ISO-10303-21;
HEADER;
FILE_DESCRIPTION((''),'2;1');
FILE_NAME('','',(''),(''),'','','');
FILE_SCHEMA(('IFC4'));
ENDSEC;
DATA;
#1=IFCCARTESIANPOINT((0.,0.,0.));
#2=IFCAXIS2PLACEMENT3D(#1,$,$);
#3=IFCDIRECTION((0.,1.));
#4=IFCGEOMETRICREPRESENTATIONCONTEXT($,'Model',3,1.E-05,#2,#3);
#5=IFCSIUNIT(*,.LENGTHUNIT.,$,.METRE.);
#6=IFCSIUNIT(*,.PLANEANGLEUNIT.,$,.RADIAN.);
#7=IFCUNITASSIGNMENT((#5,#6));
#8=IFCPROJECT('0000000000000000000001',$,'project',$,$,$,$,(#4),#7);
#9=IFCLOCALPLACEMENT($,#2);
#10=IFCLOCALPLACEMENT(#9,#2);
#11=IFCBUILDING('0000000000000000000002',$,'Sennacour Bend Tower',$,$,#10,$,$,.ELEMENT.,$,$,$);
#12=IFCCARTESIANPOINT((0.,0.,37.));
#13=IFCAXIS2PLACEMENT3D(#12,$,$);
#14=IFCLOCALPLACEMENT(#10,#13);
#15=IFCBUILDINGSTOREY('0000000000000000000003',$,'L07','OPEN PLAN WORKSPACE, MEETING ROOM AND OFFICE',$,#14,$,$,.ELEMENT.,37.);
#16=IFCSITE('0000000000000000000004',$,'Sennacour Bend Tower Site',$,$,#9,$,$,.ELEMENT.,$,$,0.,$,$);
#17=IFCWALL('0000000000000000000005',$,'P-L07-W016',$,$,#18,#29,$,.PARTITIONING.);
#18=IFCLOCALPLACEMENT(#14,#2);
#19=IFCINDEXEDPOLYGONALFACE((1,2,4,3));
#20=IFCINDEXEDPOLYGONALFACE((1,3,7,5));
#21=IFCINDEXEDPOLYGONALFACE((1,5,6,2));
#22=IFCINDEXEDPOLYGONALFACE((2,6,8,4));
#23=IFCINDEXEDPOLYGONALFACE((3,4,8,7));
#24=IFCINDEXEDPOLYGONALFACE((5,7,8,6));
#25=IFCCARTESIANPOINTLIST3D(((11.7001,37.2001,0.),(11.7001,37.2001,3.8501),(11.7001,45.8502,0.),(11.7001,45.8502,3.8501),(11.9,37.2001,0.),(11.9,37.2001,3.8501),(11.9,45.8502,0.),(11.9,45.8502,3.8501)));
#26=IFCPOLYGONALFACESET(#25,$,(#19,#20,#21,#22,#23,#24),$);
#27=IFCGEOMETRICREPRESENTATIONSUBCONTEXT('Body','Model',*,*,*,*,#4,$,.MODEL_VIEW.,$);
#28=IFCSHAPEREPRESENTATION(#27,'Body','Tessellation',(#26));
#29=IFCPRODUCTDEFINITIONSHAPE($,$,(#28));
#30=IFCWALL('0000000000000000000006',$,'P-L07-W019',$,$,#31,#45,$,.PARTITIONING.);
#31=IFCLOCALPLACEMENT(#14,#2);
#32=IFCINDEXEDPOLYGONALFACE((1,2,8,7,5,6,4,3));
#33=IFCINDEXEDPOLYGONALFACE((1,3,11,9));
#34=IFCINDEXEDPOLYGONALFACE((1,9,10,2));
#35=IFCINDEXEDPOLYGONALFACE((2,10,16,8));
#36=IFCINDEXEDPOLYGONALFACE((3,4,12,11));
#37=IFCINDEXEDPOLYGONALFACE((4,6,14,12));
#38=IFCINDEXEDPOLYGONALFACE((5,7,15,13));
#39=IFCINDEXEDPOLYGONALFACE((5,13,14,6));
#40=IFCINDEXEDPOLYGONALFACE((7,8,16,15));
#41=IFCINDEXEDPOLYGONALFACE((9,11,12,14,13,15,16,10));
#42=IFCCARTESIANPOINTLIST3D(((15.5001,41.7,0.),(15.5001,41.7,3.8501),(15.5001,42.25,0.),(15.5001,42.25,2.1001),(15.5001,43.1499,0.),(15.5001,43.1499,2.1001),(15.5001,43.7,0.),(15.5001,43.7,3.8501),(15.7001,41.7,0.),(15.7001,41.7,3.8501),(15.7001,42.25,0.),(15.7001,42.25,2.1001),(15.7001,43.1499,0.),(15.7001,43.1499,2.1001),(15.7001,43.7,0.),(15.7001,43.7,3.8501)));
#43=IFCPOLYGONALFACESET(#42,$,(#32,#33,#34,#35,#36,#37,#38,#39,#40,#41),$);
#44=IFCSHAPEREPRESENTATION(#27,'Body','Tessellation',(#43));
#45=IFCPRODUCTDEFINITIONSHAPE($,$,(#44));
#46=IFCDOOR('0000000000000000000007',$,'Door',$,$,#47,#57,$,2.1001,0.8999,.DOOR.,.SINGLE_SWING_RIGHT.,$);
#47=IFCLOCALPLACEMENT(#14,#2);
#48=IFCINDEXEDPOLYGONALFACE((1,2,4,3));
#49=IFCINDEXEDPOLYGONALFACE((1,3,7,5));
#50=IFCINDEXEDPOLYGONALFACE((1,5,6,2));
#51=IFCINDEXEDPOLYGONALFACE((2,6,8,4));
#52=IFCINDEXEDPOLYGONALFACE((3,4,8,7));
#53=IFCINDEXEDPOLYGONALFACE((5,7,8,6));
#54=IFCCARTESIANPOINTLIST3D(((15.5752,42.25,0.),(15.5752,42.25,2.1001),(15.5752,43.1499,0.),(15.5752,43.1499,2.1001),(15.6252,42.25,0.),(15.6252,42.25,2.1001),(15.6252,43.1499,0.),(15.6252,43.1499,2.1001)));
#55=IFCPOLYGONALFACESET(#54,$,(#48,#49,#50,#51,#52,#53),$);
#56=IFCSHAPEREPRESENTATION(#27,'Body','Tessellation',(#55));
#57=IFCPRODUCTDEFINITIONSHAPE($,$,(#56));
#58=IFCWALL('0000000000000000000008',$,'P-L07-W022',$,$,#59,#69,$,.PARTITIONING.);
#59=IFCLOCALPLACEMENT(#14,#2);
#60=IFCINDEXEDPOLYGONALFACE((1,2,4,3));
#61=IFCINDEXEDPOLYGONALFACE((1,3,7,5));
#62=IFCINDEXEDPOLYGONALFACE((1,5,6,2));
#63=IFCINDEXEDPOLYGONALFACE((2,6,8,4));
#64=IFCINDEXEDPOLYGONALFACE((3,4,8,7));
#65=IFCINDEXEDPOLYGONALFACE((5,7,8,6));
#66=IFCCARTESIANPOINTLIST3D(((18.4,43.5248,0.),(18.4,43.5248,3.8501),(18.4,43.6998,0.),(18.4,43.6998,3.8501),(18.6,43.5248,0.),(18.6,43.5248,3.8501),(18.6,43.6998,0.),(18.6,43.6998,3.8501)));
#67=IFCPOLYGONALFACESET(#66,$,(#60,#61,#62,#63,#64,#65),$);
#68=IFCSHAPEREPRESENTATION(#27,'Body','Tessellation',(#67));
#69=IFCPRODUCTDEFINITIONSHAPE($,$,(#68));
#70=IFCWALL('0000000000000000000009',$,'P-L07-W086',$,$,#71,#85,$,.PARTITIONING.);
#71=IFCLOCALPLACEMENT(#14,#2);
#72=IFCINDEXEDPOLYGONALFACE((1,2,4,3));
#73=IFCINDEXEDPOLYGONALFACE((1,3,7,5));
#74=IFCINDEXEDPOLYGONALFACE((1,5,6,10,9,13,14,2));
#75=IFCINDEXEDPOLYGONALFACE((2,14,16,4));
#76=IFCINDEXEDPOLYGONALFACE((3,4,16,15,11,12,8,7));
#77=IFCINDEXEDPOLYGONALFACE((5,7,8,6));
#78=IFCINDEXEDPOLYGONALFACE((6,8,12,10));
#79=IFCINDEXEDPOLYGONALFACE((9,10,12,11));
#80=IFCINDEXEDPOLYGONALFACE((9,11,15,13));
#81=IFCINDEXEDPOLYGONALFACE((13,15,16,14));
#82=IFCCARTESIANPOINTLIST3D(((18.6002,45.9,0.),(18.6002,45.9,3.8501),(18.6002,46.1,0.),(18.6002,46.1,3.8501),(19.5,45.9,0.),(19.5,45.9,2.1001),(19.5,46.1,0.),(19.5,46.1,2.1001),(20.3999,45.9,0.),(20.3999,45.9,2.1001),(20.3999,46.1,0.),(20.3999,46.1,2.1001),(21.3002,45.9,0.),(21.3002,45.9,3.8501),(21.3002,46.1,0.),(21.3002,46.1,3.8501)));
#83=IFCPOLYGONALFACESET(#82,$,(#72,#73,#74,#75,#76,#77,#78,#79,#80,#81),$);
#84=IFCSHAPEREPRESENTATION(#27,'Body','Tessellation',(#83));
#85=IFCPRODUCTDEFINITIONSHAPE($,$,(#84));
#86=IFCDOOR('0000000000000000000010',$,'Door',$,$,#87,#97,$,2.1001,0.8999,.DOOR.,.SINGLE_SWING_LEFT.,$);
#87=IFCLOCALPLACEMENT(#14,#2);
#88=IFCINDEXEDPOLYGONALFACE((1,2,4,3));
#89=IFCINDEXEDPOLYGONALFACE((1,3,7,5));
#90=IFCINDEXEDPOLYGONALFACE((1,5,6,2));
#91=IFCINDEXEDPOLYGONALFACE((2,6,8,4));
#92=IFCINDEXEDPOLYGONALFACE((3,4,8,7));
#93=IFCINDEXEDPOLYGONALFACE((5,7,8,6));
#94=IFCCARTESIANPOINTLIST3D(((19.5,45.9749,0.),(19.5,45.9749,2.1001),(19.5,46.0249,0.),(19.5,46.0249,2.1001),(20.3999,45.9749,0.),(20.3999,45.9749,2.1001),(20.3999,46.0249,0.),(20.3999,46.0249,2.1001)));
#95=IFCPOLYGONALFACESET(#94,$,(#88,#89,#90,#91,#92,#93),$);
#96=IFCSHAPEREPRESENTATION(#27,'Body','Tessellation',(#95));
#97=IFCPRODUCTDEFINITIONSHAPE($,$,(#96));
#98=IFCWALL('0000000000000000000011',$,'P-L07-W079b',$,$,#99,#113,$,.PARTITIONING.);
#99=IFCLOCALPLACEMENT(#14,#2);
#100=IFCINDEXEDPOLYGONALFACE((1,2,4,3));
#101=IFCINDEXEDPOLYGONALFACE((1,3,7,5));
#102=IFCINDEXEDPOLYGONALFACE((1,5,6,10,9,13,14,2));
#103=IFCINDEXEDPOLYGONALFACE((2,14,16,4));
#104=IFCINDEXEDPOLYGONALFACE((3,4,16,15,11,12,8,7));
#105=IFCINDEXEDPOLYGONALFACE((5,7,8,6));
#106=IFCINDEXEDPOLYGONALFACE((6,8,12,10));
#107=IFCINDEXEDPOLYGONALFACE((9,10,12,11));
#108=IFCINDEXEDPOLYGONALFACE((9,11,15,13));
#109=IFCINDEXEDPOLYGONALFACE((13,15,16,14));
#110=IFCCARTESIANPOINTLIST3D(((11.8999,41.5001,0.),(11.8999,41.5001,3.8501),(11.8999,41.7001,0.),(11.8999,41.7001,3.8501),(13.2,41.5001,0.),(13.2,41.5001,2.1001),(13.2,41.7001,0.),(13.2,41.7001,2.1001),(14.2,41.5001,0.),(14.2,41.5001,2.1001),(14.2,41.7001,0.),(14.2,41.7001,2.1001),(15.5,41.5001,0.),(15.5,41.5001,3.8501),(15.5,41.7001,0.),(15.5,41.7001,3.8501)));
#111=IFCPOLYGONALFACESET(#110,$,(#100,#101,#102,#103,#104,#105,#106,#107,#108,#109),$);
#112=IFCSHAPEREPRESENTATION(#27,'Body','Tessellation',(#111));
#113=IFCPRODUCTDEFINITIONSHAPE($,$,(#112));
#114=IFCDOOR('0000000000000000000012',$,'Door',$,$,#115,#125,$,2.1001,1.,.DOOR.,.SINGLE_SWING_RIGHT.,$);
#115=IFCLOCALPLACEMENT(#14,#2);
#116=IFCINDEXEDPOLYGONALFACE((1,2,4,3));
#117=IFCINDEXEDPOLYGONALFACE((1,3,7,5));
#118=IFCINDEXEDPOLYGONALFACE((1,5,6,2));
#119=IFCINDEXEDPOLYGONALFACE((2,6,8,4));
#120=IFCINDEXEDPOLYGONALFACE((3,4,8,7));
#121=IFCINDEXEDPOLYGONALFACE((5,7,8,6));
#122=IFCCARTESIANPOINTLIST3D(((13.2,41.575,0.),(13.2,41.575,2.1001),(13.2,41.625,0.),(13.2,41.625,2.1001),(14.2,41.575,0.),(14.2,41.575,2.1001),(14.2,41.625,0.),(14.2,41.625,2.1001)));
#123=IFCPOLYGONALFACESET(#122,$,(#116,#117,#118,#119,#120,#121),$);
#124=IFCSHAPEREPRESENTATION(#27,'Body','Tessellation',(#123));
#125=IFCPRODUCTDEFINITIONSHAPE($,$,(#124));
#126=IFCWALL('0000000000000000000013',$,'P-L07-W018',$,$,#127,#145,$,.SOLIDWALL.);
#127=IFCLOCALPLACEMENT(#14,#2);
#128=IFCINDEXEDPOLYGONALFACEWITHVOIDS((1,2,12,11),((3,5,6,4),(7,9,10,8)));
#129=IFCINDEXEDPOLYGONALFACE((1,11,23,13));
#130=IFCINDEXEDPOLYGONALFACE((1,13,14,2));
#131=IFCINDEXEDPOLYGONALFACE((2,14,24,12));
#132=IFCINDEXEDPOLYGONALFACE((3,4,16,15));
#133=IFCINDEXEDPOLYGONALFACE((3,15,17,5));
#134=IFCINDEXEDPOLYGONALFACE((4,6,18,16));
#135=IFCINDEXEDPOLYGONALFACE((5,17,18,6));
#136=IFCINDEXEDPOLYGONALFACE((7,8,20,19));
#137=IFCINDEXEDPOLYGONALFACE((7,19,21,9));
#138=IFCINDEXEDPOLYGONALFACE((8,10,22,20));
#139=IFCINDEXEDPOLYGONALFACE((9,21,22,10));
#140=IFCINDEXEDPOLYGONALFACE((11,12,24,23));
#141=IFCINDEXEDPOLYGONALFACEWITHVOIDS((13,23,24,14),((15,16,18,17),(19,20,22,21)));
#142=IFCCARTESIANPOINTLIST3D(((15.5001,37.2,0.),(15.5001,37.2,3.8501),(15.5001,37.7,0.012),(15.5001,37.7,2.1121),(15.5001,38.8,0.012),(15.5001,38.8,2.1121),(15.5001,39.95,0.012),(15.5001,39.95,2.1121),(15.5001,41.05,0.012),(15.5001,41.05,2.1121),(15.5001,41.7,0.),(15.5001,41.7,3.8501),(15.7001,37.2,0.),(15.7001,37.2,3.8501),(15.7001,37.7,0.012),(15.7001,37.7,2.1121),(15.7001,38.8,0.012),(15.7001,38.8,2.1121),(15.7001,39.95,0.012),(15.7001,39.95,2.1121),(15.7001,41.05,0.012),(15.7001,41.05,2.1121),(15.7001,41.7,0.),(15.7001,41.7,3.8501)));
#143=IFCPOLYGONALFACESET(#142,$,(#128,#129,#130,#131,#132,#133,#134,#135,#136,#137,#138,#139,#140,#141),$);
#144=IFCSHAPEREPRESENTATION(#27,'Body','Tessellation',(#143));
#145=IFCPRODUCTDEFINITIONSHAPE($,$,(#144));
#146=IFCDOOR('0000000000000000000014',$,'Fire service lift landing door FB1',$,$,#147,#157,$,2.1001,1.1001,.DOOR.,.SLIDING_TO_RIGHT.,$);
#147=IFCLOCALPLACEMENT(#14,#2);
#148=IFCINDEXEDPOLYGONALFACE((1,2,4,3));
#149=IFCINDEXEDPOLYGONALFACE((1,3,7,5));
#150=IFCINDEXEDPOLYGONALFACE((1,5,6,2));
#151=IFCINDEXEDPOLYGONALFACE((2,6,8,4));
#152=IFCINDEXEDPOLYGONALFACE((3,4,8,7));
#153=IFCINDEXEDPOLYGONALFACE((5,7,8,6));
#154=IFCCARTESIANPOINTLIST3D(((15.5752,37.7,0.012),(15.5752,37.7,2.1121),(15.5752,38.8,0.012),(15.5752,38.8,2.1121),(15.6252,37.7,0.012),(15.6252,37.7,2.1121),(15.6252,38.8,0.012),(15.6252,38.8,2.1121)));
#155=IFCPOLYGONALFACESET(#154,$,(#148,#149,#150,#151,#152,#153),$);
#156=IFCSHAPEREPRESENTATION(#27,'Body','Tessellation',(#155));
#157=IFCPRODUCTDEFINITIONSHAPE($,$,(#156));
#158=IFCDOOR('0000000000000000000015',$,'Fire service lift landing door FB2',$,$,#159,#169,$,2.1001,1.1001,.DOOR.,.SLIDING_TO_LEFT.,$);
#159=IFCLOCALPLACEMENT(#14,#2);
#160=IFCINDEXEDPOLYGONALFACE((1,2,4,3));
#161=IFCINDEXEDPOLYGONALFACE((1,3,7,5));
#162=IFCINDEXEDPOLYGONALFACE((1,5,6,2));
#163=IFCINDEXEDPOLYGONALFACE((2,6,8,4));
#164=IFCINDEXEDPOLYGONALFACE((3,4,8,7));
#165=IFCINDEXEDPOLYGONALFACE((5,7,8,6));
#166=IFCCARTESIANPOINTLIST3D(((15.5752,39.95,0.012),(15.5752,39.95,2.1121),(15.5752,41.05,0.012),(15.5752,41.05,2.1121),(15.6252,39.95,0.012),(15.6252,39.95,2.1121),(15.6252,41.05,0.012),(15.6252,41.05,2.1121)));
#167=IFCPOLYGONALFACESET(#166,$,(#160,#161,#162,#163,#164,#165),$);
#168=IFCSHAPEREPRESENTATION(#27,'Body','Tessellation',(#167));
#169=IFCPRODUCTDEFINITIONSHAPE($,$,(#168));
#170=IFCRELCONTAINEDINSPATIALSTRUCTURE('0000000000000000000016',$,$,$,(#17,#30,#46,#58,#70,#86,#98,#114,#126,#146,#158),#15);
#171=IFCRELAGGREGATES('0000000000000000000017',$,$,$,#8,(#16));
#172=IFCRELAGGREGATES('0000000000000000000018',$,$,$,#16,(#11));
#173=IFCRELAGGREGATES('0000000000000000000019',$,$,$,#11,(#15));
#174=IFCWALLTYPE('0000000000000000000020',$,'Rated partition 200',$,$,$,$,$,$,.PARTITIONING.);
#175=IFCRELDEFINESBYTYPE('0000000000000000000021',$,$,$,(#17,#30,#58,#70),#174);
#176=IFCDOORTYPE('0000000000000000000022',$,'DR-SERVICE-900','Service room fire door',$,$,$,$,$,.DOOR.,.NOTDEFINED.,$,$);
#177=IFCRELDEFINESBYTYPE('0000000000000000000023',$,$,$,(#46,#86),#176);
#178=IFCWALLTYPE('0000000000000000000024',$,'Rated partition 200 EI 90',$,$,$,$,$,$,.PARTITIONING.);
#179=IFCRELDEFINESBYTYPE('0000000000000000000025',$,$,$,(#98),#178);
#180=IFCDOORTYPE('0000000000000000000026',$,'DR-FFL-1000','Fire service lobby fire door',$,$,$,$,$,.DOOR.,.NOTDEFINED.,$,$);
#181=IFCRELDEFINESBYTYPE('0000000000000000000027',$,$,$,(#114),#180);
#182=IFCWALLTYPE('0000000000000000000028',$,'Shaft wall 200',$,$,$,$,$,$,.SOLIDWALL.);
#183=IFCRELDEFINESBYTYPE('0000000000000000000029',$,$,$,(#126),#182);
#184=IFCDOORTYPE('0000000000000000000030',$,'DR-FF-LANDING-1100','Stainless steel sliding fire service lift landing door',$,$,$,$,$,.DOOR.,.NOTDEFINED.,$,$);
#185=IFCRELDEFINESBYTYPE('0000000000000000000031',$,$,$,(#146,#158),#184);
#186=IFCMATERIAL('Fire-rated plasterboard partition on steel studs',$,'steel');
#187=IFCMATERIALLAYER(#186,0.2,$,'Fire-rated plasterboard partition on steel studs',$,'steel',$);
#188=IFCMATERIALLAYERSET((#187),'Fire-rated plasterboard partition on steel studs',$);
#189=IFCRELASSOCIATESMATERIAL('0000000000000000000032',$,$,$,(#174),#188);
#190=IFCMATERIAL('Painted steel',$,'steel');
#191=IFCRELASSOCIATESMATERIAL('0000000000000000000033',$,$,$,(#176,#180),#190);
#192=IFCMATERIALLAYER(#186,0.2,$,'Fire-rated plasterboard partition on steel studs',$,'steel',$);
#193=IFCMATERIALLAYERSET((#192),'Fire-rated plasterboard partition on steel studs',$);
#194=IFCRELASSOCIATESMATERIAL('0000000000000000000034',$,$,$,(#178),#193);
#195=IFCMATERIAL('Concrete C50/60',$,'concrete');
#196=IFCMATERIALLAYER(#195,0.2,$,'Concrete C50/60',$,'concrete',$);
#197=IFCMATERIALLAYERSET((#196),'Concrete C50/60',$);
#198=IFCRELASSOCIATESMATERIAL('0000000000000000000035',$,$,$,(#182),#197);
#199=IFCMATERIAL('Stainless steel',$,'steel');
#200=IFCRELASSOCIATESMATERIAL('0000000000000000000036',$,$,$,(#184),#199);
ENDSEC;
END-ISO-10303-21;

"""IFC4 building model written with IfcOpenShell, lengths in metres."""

from ifc_helpers import new_model, si_unit, direction, frame, frame_2d, origin, place, context, subcontext, project, spatial, rectangle, extrude, material, layer, layer_set, type_object, element, fill, save


model = new_model("IFC4")

# Units and contexts
model_context = context("Model", 3, precision=1e-05, world=origin(), true_north=direction((0.0, 1.0)))
body_context = subcontext(model_context, "Body", "Model", "MODEL_VIEW")
ifc_project = project(units=[si_unit("LENGTHUNIT", "METRE"), si_unit("PLANEANGLEUNIT", "RADIAN")], contexts=[model_context])

# Site, building, storey
site_placement = place(None, origin())
site = spatial("IfcSite", under=ifc_project, at=site_placement, Name="Sennacour Bend Tower Site", CompositionType="ELEMENT", RefElevation=0.0)
building_placement = place(site_placement, origin())
building = spatial("IfcBuilding", under=site, at=building_placement, Name="Sennacour Bend Tower", CompositionType="ELEMENT")
storey_placement = place(building_placement, frame((0.0, 0.0, 37.0)))
storey = spatial("IfcBuildingStorey", under=building, at=storey_placement, Name="L07", Description="OPEN PLAN WORKSPACE, MEETING ROOM AND OFFICE", CompositionType="ELEMENT", Elevation=37.0)

# Wall
ifc_material_1 = material(Name="Fire-rated plasterboard partition on steel studs", Category="steel")
ifc_layer_1 = layer(ifc_material_1, 0.2, Name="Fire-rated plasterboard partition on steel studs", Category="steel")
ifc_layer_set_1 = layer_set([ifc_layer_1], Name="Fire-rated plasterboard partition on steel studs")
wall_type_1 = type_object("IfcWallType", Name="Rated partition 200", PredefinedType="PARTITIONING", material=ifc_layer_set_1)
wall_1_placement = place(storey_placement, frame((11.8, 37.2, 0.0), z_axis=(0.0, 0.0, 1.0), x_axis=(0.0, 1.0, 0.0)))
element("IfcWall", 1, at=wall_1_placement, inside=storey, type_object=wall_type_1, Name="P-L07-W016", PredefinedType="PARTITIONING", context=body_context, shape_type="SweptSolid", body=[
    extrude(rectangle(XDim=8.6501, YDim=0.2, at=frame_2d((4.3252, 0.0))), origin(), (0.0, 0.0, 1.0), 3.8501),
])

# Wall, opening, door
wall_2_placement = place(storey_placement, frame((15.6001, 41.7, 0.0), z_axis=(0.0, 0.0, 1.0), x_axis=(0.0, 1.0, 0.0)))
wall_2 = element("IfcWall", 2, at=wall_2_placement, inside=storey, type_object=wall_type_1, Name="P-L07-W019", PredefinedType="PARTITIONING", context=body_context, shape_type="SweptSolid", body=[
    extrude(rectangle(XDim=2.0, YDim=0.2, at=frame_2d((1.0, 0.0))), origin(), (0.0, 0.0, 1.0), 3.8501),
])
opening_1_placement = place(wall_2_placement, frame((0.55, 0.0, 0.0)))
opening_1 = element("IfcOpeningElement", 3, at=opening_1_placement, cuts=wall_2, PredefinedType="OPENING", context=body_context, shape_type="SweptSolid", body=[
    extrude(rectangle(XDim=0.8999, YDim=2.1001, at=frame_2d((0.45, 1.05))), frame((0.0, 0.1099, 0.0), z_axis=(0.0, -1.0, 0.0), x_axis=(1.0, 0.0, 0.0)), (0.0, 0.0, 1.0), 0.22),
])
ifc_material_2 = material(Name="Painted steel", Category="steel")
door_type_1 = type_object("IfcDoorType", Name="DR-SERVICE-900", Description="Service room fire door", OperationType="NOTDEFINED", PredefinedType="DOOR", material=ifc_material_2)
door_1_placement = place(opening_1_placement, origin())
door_1 = element("IfcDoor", 4, at=door_1_placement, inside=storey, type_object=door_type_1, Name="Door", OperationType="SINGLE_SWING_RIGHT", OverallHeight=2.1001, OverallWidth=0.8999, PredefinedType="DOOR", context=body_context, shape_type="SweptSolid", body=[
    extrude(rectangle(XDim=0.8999, YDim=2.1001, at=frame_2d((0.45, 1.05))), frame((0.0, 0.0249, 0.0), z_axis=(0.0, -1.0, 0.0), x_axis=(1.0, 0.0, 0.0)), (0.0, 0.0, 1.0), 0.05),
])
fill(opening_1, door_1)

# Wall
wall_3_placement = place(storey_placement, frame((18.5, 43.5249, 0.0), z_axis=(0.0, 0.0, 1.0), x_axis=(0.0, 1.0, 0.0)))
element("IfcWall", 5, at=wall_3_placement, inside=storey, type_object=wall_type_1, Name="P-L07-W022", PredefinedType="PARTITIONING", context=body_context, shape_type="SweptSolid", body=[
    extrude(rectangle(XDim=0.175, YDim=0.2, at=frame_2d((0.0874, 0.0))), origin(), (0.0, 0.0, 1.0), 3.8501),
])

# Walls, openings, doors
wall_4_placement = place(storey_placement, frame((18.6001, 46.0, 0.0), z_axis=(0.0, 0.0, 1.0), x_axis=(1.0, 0.0, 0.0)))
wall_4 = element("IfcWall", 6, at=wall_4_placement, inside=storey, type_object=wall_type_1, Name="P-L07-W086", PredefinedType="PARTITIONING", context=body_context, shape_type="SweptSolid", body=[
    extrude(rectangle(XDim=2.7, YDim=0.2, at=frame_2d((1.3501, 0.0))), origin(), (0.0, 0.0, 1.0), 3.8501),
])
opening_2_placement = place(wall_4_placement, frame((0.8999, 0.0, 0.0)))
opening_2 = element("IfcOpeningElement", 7, at=opening_2_placement, cuts=wall_4, PredefinedType="OPENING", context=body_context, shape_type="SweptSolid", body=[
    extrude(rectangle(XDim=0.8999, YDim=2.1001, at=frame_2d((0.45, 1.05))), frame((0.0, 0.1099, 0.0), z_axis=(0.0, -1.0, 0.0), x_axis=(1.0, 0.0, 0.0)), (0.0, 0.0, 1.0), 0.22),
])
door_2_placement = place(opening_2_placement, origin())
door_2 = element("IfcDoor", 8, at=door_2_placement, inside=storey, type_object=door_type_1, Name="Door", OperationType="SINGLE_SWING_LEFT", OverallHeight=2.1001, OverallWidth=0.8999, PredefinedType="DOOR", context=body_context, shape_type="SweptSolid", body=[
    extrude(rectangle(XDim=0.8999, YDim=2.1001, at=frame_2d((0.45, 1.05))), frame((0.0, 0.0249, 0.0), z_axis=(0.0, -1.0, 0.0), x_axis=(1.0, 0.0, 0.0)), (0.0, 0.0, 1.0), 0.05),
])
fill(opening_2, door_2)
ifc_layer_2 = layer(ifc_material_1, 0.2, Name="Fire-rated plasterboard partition on steel studs", Category="steel")
ifc_layer_set_2 = layer_set([ifc_layer_2], Name="Fire-rated plasterboard partition on steel studs")
wall_type_2 = type_object("IfcWallType", Name="Rated partition 200 EI 90", PredefinedType="PARTITIONING", material=ifc_layer_set_2)
wall_5_placement = place(storey_placement, frame((11.8999, 41.6001, 0.0), z_axis=(0.0, 0.0, 1.0), x_axis=(1.0, 0.0, 0.0)))
wall_5 = element("IfcWall", 9, at=wall_5_placement, inside=storey, type_object=wall_type_2, Name="P-L07-W079b", PredefinedType="PARTITIONING", context=body_context, shape_type="SweptSolid", body=[
    extrude(rectangle(XDim=3.6001, YDim=0.2, at=frame_2d((1.8, 0.0))), origin(), (0.0, 0.0, 1.0), 3.8501),
])
opening_3_placement = place(wall_5_placement, frame((1.3, 0.0, 0.0)))
opening_3 = element("IfcOpeningElement", 10, at=opening_3_placement, cuts=wall_5, PredefinedType="OPENING", context=body_context, shape_type="SweptSolid", body=[
    extrude(rectangle(XDim=1.0, YDim=2.1001, at=frame_2d((0.5, 1.05))), frame((0.0, 0.1099, 0.0), z_axis=(0.0, -1.0, 0.0), x_axis=(1.0, 0.0, 0.0)), (0.0, 0.0, 1.0), 0.22),
])
door_type_2 = type_object("IfcDoorType", Name="DR-FFL-1000", Description="Fire service lobby fire door", OperationType="NOTDEFINED", PredefinedType="DOOR", material=ifc_material_2)
door_3_placement = place(opening_3_placement, origin())
door_3 = element("IfcDoor", 11, at=door_3_placement, inside=storey, type_object=door_type_2, Name="Door", OperationType="SINGLE_SWING_RIGHT", OverallHeight=2.1001, OverallWidth=1.0, PredefinedType="DOOR", context=body_context, shape_type="SweptSolid", body=[
    extrude(rectangle(XDim=1.0, YDim=2.1001, at=frame_2d((0.5, 1.05))), frame((0.0, 0.0249, 0.0), z_axis=(0.0, -1.0, 0.0), x_axis=(1.0, 0.0, 0.0)), (0.0, 0.0, 1.0), 0.05),
])
fill(opening_3, door_3)

# Wall, openings, doors
ifc_material_3 = material(Name="Concrete C50/60", Category="concrete")
ifc_layer_3 = layer(ifc_material_3, 0.2, Name="Concrete C50/60", Category="concrete")
ifc_layer_set_3 = layer_set([ifc_layer_3], Name="Concrete C50/60")
wall_type_3 = type_object("IfcWallType", Name="Shaft wall 200", PredefinedType="SOLIDWALL", material=ifc_layer_set_3)
wall_6_placement = place(storey_placement, frame((15.6001, 37.2, 0.0), z_axis=(0.0, 0.0, 1.0), x_axis=(0.0, 1.0, 0.0)))
wall_6 = element("IfcWall", 12, at=wall_6_placement, inside=storey, type_object=wall_type_3, Name="P-L07-W018", PredefinedType="SOLIDWALL", context=body_context, shape_type="SweptSolid", body=[
    extrude(rectangle(XDim=4.5, YDim=0.2, at=frame_2d((2.25, 0.0))), origin(), (0.0, 0.0, 1.0), 3.8501),
])
opening_4_placement = place(wall_6_placement, frame((0.5, 0.0, 0.012)))
opening_4 = element("IfcOpeningElement", 13, at=opening_4_placement, cuts=wall_6, PredefinedType="OPENING", context=body_context, shape_type="SweptSolid", body=[
    extrude(rectangle(XDim=1.1001, YDim=2.1001, at=frame_2d((0.55, 1.05))), frame((0.0, 0.1099, 0.0), z_axis=(0.0, -1.0, 0.0), x_axis=(1.0, 0.0, 0.0)), (0.0, 0.0, 1.0), 0.22),
])
opening_5_placement = place(wall_6_placement, frame((2.75, 0.0, 0.012)))
opening_5 = element("IfcOpeningElement", 14, at=opening_5_placement, cuts=wall_6, PredefinedType="OPENING", context=body_context, shape_type="SweptSolid", body=[
    extrude(rectangle(XDim=1.1001, YDim=2.1001, at=frame_2d((0.55, 1.05))), frame((0.0, 0.1099, 0.0), z_axis=(0.0, -1.0, 0.0), x_axis=(1.0, 0.0, 0.0)), (0.0, 0.0, 1.0), 0.22),
])
ifc_material_4 = material(Name="Stainless steel", Category="steel")
door_type_3 = type_object("IfcDoorType", Name="DR-FF-LANDING-1100", Description="Stainless steel sliding fire service lift landing door", OperationType="NOTDEFINED", PredefinedType="DOOR", material=ifc_material_4)
door_4_placement = place(opening_4_placement, origin())
door_4 = element("IfcDoor", 15, at=door_4_placement, inside=storey, type_object=door_type_3, Name="Fire service lift landing door FB1", OperationType="SLIDING_TO_RIGHT", OverallHeight=2.1001, OverallWidth=1.1001, PredefinedType="DOOR", context=body_context, shape_type="SweptSolid", body=[
    extrude(rectangle(XDim=1.1001, YDim=2.1001, at=frame_2d((0.55, 1.05))), frame((0.0, 0.0249, 0.0), z_axis=(0.0, -1.0, 0.0), x_axis=(1.0, 0.0, 0.0)), (0.0, 0.0, 1.0), 0.05),
])
fill(opening_4, door_4)
door_5_placement = place(opening_5_placement, origin())
door_5 = element("IfcDoor", 16, at=door_5_placement, inside=storey, type_object=door_type_3, Name="Fire service lift landing door FB2", OperationType="SLIDING_TO_LEFT", OverallHeight=2.1001, OverallWidth=1.1001, PredefinedType="DOOR", context=body_context, shape_type="SweptSolid", body=[
    extrude(rectangle(XDim=1.1001, YDim=2.1001, at=frame_2d((0.55, 1.05))), frame((0.0, 0.0249, 0.0), z_axis=(0.0, -1.0, 0.0), x_axis=(1.0, 0.0, 0.0)), (0.0, 0.0, 1.0), 0.05),
])
fill(opening_5, door_5)

save(model, "model.ifc")
